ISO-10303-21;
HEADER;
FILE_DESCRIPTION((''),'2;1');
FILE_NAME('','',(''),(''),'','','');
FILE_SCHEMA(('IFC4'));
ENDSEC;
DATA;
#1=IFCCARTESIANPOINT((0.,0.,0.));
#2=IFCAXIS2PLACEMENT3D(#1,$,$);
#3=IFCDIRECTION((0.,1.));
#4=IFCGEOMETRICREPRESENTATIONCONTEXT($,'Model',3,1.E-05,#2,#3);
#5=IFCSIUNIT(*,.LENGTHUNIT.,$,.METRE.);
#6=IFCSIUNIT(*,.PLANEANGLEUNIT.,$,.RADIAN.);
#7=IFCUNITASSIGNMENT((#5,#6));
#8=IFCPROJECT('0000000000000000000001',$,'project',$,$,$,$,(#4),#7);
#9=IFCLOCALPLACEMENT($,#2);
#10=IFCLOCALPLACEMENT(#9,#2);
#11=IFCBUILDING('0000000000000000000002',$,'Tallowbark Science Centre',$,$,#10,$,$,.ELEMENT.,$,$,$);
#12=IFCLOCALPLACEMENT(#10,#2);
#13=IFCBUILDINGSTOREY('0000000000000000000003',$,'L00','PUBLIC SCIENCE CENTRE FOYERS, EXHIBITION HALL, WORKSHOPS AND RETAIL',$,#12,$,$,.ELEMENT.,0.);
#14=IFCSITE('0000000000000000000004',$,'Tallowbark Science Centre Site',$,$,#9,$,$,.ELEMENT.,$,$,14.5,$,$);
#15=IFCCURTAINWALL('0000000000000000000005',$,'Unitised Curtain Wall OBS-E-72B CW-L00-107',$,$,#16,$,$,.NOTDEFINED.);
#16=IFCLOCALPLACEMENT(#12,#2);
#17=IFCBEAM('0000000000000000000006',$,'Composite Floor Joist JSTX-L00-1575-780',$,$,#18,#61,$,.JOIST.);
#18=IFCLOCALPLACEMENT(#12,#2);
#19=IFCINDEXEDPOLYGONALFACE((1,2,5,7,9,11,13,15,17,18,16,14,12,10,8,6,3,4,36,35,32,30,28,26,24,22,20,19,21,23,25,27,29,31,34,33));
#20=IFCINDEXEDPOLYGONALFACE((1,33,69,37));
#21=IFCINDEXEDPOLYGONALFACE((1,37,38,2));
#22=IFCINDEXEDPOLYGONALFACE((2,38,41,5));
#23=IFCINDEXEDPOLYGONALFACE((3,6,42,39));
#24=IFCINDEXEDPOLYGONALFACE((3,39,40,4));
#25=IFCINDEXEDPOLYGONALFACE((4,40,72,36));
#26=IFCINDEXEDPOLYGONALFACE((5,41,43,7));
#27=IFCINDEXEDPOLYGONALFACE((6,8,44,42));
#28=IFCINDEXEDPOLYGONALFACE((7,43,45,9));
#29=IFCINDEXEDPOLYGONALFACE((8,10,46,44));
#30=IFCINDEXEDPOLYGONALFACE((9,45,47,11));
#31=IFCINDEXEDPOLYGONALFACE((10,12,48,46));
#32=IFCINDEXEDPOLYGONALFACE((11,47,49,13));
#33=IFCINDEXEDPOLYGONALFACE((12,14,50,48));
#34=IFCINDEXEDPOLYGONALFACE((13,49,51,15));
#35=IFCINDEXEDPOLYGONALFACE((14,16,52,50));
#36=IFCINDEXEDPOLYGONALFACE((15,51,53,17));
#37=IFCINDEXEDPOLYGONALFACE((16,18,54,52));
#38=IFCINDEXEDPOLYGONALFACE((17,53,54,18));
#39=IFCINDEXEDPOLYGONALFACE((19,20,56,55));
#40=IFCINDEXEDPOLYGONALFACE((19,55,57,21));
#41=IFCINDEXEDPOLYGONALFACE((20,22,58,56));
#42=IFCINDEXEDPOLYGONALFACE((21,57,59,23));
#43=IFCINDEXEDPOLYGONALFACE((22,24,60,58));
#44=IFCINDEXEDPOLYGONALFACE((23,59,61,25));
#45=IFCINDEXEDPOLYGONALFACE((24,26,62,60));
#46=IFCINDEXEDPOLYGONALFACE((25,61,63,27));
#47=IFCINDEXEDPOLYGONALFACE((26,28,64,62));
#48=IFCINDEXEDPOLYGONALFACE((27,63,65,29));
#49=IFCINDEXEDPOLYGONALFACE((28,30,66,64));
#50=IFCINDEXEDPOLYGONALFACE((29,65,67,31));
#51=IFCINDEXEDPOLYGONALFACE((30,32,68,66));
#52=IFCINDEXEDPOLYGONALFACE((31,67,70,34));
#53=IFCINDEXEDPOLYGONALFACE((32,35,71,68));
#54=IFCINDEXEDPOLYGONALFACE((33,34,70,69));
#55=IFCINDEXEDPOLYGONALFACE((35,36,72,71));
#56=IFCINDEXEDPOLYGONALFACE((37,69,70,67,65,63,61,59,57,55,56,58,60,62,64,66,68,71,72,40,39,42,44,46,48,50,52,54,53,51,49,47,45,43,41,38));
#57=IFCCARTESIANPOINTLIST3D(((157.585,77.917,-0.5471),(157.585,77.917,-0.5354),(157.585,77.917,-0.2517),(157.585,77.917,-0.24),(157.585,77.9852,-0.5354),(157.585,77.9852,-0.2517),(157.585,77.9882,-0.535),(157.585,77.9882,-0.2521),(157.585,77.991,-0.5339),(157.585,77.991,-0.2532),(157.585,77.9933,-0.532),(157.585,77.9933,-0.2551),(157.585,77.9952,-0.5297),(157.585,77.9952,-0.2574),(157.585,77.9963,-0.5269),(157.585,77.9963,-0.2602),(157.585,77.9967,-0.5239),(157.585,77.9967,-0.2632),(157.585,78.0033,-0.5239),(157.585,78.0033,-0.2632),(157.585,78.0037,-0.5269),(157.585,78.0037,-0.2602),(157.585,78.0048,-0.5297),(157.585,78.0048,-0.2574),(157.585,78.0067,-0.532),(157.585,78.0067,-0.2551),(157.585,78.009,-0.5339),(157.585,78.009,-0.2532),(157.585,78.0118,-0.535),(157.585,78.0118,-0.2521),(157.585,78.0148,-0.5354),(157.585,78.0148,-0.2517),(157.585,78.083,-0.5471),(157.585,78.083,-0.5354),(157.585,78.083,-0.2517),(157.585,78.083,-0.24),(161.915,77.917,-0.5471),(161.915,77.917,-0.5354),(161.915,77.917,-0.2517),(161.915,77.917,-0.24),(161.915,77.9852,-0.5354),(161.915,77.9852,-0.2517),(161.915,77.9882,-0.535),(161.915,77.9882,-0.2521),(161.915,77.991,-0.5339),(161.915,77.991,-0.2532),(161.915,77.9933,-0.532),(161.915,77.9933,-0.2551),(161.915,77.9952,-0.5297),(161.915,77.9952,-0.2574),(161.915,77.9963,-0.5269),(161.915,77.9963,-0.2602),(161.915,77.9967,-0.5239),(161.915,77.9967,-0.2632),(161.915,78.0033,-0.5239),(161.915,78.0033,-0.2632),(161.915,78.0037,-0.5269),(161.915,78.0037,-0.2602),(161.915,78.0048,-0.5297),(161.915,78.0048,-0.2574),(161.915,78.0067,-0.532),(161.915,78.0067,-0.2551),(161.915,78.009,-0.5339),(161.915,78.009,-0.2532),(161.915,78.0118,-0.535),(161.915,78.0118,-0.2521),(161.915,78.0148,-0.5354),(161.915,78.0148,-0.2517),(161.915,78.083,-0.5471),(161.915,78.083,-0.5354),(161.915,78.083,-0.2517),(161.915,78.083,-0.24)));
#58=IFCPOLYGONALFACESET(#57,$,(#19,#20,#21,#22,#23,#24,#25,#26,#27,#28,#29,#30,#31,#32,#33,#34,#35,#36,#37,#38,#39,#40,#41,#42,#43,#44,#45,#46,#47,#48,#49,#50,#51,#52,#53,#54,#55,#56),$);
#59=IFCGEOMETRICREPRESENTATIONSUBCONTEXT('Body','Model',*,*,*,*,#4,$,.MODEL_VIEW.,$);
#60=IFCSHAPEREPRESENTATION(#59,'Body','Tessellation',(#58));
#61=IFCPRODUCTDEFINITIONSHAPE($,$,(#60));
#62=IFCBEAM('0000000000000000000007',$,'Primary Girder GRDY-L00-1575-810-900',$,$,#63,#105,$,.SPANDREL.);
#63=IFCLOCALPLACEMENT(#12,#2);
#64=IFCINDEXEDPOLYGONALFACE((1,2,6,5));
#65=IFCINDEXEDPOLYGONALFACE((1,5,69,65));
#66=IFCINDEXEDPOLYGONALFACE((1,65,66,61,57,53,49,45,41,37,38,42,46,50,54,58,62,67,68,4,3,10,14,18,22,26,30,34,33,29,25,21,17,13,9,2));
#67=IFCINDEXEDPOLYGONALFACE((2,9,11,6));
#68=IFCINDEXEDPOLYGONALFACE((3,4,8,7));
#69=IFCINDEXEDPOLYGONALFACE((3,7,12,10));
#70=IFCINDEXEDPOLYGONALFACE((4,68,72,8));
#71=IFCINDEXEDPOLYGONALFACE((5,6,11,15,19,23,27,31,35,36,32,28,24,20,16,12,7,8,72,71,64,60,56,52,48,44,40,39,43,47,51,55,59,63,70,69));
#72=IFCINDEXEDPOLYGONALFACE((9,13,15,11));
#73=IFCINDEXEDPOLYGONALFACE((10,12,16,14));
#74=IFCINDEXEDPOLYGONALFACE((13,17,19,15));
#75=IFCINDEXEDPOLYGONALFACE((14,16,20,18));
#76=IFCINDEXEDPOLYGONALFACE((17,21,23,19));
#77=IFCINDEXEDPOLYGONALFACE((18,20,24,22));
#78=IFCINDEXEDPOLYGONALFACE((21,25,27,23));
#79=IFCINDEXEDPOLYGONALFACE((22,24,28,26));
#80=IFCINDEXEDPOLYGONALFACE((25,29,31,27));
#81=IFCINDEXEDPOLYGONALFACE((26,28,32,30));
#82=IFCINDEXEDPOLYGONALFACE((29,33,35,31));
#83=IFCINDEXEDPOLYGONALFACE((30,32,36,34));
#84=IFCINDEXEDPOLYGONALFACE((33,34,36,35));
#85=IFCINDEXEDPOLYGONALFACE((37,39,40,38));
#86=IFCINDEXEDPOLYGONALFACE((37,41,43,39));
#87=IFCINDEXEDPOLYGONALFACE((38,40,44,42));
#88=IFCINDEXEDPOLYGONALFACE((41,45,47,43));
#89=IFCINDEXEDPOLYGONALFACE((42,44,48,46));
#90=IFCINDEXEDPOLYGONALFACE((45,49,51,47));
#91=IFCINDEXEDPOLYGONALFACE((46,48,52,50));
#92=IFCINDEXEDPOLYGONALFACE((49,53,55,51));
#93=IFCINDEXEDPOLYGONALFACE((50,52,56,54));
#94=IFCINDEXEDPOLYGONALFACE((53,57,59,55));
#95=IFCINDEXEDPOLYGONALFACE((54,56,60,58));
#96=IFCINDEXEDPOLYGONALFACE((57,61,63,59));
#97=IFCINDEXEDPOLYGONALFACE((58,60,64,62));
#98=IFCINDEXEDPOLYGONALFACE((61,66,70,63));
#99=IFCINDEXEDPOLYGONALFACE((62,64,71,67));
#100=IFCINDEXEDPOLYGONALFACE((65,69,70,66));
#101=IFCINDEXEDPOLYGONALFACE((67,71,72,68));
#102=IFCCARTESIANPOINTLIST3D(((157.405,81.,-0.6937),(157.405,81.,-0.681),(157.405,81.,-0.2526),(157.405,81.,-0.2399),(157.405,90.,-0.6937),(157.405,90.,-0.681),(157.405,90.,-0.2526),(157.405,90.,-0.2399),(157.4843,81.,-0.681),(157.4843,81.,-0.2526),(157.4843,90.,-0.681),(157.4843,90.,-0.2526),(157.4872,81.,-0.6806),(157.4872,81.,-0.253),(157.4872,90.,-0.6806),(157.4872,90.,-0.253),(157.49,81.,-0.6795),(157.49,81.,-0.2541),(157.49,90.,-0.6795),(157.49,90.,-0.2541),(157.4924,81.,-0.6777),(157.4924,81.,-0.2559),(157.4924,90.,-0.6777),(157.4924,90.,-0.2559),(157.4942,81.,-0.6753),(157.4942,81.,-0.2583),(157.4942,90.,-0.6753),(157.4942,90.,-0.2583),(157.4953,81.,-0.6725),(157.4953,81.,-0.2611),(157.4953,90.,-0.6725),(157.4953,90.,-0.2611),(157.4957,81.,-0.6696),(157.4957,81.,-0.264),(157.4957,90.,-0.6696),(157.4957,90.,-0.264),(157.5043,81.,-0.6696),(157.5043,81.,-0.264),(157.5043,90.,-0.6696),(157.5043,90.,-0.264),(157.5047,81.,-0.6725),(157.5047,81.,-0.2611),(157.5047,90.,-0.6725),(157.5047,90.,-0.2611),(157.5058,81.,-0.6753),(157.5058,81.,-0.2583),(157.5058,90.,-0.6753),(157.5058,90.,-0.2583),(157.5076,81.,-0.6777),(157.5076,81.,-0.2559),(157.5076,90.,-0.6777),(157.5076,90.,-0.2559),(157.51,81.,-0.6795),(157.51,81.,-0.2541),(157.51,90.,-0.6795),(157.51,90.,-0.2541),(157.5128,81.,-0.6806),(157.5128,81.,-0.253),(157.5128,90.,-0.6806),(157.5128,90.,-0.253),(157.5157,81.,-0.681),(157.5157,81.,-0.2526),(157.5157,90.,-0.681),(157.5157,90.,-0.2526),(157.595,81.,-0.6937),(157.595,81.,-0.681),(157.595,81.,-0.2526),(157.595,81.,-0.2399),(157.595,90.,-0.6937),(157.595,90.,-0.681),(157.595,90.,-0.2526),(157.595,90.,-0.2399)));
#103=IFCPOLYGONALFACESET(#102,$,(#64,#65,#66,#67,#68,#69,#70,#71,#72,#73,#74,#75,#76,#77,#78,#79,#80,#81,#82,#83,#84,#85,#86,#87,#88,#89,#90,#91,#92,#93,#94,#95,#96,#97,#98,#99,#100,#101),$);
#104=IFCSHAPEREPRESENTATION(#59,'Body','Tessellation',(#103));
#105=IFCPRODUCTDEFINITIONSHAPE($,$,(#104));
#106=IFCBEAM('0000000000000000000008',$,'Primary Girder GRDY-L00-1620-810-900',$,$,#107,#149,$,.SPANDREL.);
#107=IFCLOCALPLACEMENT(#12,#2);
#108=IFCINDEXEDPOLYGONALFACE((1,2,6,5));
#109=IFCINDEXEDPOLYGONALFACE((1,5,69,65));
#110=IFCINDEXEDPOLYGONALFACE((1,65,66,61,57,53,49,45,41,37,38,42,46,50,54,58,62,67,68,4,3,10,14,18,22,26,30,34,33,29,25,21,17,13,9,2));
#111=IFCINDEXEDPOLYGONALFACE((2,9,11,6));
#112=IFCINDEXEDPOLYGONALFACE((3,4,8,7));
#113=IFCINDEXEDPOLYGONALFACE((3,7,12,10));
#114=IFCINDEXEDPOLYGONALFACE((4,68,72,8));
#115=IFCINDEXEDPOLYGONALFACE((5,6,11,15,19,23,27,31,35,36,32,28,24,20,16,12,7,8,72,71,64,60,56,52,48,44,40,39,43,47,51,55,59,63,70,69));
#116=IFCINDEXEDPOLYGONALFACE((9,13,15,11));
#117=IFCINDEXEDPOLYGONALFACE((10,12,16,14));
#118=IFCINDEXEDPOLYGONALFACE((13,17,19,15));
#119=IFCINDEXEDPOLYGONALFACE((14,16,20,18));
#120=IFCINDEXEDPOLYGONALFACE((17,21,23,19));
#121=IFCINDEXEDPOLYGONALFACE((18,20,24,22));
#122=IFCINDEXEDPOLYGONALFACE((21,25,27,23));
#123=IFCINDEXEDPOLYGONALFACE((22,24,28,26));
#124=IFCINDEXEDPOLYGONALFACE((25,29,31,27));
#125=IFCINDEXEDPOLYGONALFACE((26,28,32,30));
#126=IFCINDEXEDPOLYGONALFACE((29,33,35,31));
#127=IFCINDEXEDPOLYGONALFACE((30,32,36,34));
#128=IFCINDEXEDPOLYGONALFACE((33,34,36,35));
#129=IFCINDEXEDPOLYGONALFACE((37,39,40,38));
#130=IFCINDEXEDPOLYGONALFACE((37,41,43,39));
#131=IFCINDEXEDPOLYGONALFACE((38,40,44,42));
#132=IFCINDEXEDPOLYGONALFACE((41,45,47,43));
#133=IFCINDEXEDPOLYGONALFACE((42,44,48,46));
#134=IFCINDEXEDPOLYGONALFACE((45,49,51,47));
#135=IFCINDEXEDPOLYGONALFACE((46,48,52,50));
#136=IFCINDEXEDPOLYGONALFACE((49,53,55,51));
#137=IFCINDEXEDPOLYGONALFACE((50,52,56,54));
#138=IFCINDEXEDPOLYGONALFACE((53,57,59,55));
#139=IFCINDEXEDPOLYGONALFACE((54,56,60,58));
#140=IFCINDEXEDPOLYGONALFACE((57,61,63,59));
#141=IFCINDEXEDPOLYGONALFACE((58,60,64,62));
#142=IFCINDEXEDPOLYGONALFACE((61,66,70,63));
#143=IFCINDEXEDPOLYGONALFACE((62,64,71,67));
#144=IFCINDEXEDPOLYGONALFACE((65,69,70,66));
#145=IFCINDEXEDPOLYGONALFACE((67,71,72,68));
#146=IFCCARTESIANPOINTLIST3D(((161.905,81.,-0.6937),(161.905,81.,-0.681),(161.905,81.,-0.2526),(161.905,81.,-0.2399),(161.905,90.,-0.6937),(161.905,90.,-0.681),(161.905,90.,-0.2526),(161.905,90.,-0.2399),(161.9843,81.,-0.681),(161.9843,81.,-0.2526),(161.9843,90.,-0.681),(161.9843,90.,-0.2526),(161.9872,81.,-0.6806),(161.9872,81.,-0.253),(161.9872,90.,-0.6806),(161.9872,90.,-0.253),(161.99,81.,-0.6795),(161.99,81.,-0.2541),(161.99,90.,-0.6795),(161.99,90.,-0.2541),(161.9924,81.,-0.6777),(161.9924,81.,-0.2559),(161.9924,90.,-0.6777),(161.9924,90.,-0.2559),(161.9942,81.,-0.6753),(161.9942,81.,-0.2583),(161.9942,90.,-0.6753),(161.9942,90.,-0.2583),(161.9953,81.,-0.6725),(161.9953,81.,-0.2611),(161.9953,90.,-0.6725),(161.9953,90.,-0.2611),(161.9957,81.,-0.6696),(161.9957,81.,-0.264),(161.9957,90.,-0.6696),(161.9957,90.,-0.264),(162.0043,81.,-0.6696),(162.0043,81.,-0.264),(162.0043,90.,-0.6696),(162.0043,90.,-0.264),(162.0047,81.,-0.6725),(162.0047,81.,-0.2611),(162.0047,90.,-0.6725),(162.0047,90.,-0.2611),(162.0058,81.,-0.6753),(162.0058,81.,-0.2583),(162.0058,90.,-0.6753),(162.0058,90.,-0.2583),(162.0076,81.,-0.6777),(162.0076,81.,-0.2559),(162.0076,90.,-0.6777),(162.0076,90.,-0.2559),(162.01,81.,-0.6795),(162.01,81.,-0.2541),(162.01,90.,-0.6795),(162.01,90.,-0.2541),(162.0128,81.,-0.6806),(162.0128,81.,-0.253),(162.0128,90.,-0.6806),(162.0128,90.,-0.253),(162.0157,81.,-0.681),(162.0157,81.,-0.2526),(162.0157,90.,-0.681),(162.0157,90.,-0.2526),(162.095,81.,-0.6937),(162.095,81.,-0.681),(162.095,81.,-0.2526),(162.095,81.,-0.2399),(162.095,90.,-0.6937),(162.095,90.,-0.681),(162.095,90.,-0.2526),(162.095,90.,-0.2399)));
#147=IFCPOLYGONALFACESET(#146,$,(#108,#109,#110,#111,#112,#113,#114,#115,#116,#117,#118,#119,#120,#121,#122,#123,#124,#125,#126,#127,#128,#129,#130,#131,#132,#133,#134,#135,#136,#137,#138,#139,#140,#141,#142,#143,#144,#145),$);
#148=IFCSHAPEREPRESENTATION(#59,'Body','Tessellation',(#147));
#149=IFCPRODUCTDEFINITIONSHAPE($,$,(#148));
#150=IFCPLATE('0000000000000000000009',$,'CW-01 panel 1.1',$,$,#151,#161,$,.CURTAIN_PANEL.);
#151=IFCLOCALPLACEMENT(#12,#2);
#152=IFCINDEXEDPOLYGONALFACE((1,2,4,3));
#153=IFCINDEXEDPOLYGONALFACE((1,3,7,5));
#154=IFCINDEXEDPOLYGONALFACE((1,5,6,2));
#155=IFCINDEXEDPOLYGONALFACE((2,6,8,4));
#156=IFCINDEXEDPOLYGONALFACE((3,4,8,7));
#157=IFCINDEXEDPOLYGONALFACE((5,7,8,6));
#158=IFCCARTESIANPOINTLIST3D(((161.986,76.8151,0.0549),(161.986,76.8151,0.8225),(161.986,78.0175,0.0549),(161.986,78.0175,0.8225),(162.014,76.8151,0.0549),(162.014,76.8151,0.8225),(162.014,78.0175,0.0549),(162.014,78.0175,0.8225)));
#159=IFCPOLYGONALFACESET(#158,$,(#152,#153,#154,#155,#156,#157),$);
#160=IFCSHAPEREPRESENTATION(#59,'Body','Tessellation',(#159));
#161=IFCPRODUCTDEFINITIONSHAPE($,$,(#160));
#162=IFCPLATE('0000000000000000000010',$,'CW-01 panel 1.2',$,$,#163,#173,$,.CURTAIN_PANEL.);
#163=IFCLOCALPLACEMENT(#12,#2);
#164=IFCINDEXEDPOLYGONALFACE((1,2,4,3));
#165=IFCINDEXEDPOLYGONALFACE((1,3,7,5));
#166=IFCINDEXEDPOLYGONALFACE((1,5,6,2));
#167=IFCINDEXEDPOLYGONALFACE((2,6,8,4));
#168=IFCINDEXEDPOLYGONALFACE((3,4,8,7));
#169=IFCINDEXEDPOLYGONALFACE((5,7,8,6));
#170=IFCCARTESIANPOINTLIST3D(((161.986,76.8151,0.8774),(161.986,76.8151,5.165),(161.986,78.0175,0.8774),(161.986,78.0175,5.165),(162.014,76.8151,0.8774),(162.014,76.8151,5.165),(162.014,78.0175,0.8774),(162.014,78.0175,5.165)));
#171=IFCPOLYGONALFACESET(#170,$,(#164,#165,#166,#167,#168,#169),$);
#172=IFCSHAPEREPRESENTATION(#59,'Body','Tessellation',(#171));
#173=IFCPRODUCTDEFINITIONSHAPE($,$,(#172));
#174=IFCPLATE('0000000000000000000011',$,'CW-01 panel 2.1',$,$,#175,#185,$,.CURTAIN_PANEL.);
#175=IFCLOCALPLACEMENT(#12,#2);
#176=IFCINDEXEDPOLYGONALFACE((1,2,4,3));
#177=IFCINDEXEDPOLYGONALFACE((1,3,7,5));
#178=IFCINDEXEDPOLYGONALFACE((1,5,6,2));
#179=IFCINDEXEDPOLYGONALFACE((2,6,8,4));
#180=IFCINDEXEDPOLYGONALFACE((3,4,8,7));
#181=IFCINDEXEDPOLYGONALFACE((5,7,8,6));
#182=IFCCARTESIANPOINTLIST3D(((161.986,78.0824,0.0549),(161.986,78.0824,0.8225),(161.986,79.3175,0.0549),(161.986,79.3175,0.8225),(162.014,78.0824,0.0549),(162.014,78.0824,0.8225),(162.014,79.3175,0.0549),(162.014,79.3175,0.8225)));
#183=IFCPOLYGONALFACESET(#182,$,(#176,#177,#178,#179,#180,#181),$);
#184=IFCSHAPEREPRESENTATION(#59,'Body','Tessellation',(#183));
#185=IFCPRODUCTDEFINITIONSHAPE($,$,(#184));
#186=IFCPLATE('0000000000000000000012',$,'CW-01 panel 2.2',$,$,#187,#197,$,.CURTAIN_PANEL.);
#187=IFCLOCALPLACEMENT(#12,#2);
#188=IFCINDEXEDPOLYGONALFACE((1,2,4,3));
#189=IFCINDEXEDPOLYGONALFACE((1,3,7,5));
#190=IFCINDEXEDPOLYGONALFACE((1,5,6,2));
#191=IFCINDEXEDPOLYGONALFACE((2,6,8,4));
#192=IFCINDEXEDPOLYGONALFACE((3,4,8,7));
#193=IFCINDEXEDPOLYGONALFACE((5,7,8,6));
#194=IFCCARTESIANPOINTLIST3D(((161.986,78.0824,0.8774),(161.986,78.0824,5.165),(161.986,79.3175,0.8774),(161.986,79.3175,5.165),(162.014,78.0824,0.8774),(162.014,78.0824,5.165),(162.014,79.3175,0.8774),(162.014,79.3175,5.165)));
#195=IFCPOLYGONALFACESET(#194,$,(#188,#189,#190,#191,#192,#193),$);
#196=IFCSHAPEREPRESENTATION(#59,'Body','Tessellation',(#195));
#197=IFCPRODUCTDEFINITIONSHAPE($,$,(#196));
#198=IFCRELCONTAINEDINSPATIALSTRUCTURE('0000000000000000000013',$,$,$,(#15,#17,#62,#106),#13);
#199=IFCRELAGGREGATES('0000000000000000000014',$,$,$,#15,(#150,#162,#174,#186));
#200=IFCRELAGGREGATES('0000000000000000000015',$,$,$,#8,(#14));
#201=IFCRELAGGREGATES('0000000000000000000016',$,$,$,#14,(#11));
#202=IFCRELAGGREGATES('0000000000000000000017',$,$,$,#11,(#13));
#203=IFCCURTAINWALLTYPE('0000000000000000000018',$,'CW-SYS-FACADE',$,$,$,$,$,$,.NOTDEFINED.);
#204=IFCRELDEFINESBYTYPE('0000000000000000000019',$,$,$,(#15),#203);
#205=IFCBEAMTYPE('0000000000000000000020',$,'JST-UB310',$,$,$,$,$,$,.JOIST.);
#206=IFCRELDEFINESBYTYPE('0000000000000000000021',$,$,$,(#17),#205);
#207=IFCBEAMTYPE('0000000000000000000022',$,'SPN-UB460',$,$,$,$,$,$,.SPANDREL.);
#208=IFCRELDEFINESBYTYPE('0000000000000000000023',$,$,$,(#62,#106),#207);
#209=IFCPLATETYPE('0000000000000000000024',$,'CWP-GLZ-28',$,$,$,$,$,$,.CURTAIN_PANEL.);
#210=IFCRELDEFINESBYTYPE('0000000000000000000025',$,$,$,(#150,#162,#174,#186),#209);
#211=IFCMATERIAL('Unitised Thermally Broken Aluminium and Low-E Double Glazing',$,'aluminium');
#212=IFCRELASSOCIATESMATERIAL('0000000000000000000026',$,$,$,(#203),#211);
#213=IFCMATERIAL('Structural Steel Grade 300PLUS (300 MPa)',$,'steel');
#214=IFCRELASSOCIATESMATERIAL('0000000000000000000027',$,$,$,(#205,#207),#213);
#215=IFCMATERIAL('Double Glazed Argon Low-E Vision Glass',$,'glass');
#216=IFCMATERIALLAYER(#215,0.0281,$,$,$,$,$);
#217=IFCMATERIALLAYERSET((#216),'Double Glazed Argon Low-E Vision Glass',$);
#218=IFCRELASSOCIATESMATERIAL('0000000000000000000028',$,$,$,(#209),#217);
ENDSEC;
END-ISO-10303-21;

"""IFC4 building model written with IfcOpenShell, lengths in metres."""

from ifc_helpers import new_model, si_unit, direction, frame, origin, origin_2d, place, context, subcontext, project, spatial, rectangle, i_section, extrude, material, layer, layer_set, material_profile, profile_set, type_object, element, aggregate, save


model = new_model("IFC4")

# Units and contexts
model_context = context("Model", 3, precision=1e-05, world=origin(), true_north=direction((0.0, 1.0)))
body_context = subcontext(model_context, "Body", "Model", "MODEL_VIEW")
ifc_project = project(units=[si_unit("LENGTHUNIT", "METRE"), si_unit("PLANEANGLEUNIT", "RADIAN")], contexts=[model_context])

# Site, building, storey
site_placement = place(None, origin())
site = spatial("IfcSite", under=ifc_project, at=site_placement, Name="Tallowbark Science Centre Site", CompositionType="ELEMENT", RefElevation=14.5)
building_placement = place(site_placement, origin())
building = spatial("IfcBuilding", under=site, at=building_placement, Name="Tallowbark Science Centre", CompositionType="ELEMENT")
storey_placement = place(building_placement, origin())
storey = spatial("IfcBuildingStorey", under=building, at=storey_placement, Name="L00", Description="PUBLIC SCIENCE CENTRE FOYERS, EXHIBITION HALL, WORKSHOPS AND RETAIL", CompositionType="ELEMENT", Elevation=0.0)

# Shared definitions
ifc_material_1 = material(Name="Structural Steel Grade 300PLUS (300 MPa)", Category="steel")

# Curtain wall
ifc_material_2 = material(Name="Unitised Thermally Broken Aluminium and Low-E Double Glazing", Category="aluminium")
curtain_wall_type = type_object("IfcCurtainWallType", Name="CW-SYS-FACADE", PredefinedType="NOTDEFINED", material=ifc_material_2)
curtain_wall_placement = place(storey_placement, origin())
curtain_wall = element("IfcCurtainWall", 1, at=curtain_wall_placement, inside=storey, type_object=curtain_wall_type, Name="Unitised Curtain Wall OBS-E-72B CW-L00-107", PredefinedType="NOTDEFINED")

# Beams
ifc_material_profile_1 = material_profile(ifc_material_1, i_section(OverallWidth=0.166, OverallDepth=0.3071, WebThickness=0.0066, FlangeThickness=0.0117, FilletRadius=0.0115, at=origin_2d()), Name="310UB46.2")
ifc_profile_set_1 = profile_set([ifc_material_profile_1], Name="Structural Steel Grade 300PLUS (300 MPa)")
beam_type_1 = type_object("IfcBeamType", Name="JST-UB310", PredefinedType="JOIST", material=ifc_profile_set_1)
beam_1_placement = place(storey_placement, frame((157.585, 78.0, -0.3936), z_axis=(1.0, 0.0, 0.0), x_axis=(0.0, 1.0, 0.0)))
element("IfcBeam", 2, at=beam_1_placement, inside=storey, type_object=beam_type_1, Name="Composite Floor Joist JSTX-L00-1575-780", PredefinedType="JOIST", context=body_context, shape_type="SweptSolid", body=[
    extrude(i_section(OverallWidth=0.166, OverallDepth=0.3071, WebThickness=0.0066, FlangeThickness=0.0117, FilletRadius=0.0115, at=origin_2d()), origin(), (0.0, 0.0, 1.0), 4.3301),
])
ifc_material_profile_2 = material_profile(ifc_material_1, i_section(OverallWidth=0.1899, OverallDepth=0.4539, WebThickness=0.0085, FlangeThickness=0.0127, FilletRadius=0.0115, at=origin_2d()), Name="460UB67.1")
ifc_profile_set_2 = profile_set([ifc_material_profile_2], Name="Structural Steel Grade 300PLUS (300 MPa)")
beam_type_2 = type_object("IfcBeamType", Name="SPN-UB460", PredefinedType="SPANDREL", material=ifc_profile_set_2)
for number, where, z_axis, x_axis, name in (
    (3, (157.5, 81.0, -0.4668), (0.0, 1.0, 0.0), (-1.0, 0.0, 0.0), "Primary Girder GRDY-L00-1575-810-900"),
    (4, (162.0, 81.0, -0.4668), (0.0, 1.0, 0.0), (-1.0, 0.0, 0.0), "Primary Girder GRDY-L00-1620-810-900"),
):
    element("IfcBeam", number, at=place(storey_placement, frame(where, z_axis=z_axis, x_axis=x_axis)), inside=storey, type_object=beam_type_2, Name=name, PredefinedType="SPANDREL", context=body_context, shape_type="SweptSolid", body=[
        extrude(i_section(OverallWidth=0.1899, OverallDepth=0.4539, WebThickness=0.0085, FlangeThickness=0.0127, FilletRadius=0.0115, at=origin_2d()), origin(), (0.0, 0.0, 1.0), 9.0),
    ])

# Plates
ifc_material_3 = material(Name="Double Glazed Argon Low-E Vision Glass", Category="glass")
ifc_layer_1 = layer(ifc_material_3, 0.0281)
ifc_layer_set_1 = layer_set([ifc_layer_1], Name="Double Glazed Argon Low-E Vision Glass")
plate_type = type_object("IfcPlateType", Name="CWP-GLZ-28", PredefinedType="CURTAIN_PANEL", material=ifc_layer_set_1)
plate_1_placement = place(storey_placement, frame((162.0, 77.4163, 0.0549), z_axis=(0.0, 0.0, 1.0), x_axis=(0.0, 1.0, 0.0)))
plate_1 = element("IfcPlate", 5, at=plate_1_placement, type_object=plate_type, Name="CW-01 panel 1.1", PredefinedType="CURTAIN_PANEL", context=body_context, shape_type="SweptSolid", body=[
    extrude(rectangle(XDim=1.2024, YDim=0.0281, at=origin_2d()), origin(), (0.0, 0.0, 1.0), 0.7676),
])
plate_2_placement = place(storey_placement, frame((162.0, 77.4163, 0.8774), z_axis=(0.0, 0.0, 1.0), x_axis=(0.0, 1.0, 0.0)))
plate_2 = element("IfcPlate", 6, at=plate_2_placement, type_object=plate_type, Name="CW-01 panel 1.2", PredefinedType="CURTAIN_PANEL", context=body_context, shape_type="SweptSolid", body=[
    extrude(rectangle(XDim=1.2024, YDim=0.0281, at=origin_2d()), origin(), (0.0, 0.0, 1.0), 4.2876),
])
plate_3_placement = place(storey_placement, frame((162.0, 78.7, 0.0549), z_axis=(0.0, 0.0, 1.0), x_axis=(0.0, 1.0, 0.0)))
plate_3 = element("IfcPlate", 7, at=plate_3_placement, type_object=plate_type, Name="CW-01 panel 2.1", PredefinedType="CURTAIN_PANEL", context=body_context, shape_type="SweptSolid", body=[
    extrude(rectangle(XDim=1.2351, YDim=0.0281, at=origin_2d()), origin(), (0.0, 0.0, 1.0), 0.7676),
])
plate_4_placement = place(storey_placement, frame((162.0, 78.7, 0.8774), z_axis=(0.0, 0.0, 1.0), x_axis=(0.0, 1.0, 0.0)))
plate_4 = element("IfcPlate", 8, at=plate_4_placement, type_object=plate_type, Name="CW-01 panel 2.2", PredefinedType="CURTAIN_PANEL", context=body_context, shape_type="SweptSolid", body=[
    extrude(rectangle(XDim=1.2351, YDim=0.0281, at=origin_2d()), origin(), (0.0, 0.0, 1.0), 4.2876),
])
aggregate(curtain_wall, [plate_1, plate_2, plate_3, plate_4])

save(model, "model.ifc")
